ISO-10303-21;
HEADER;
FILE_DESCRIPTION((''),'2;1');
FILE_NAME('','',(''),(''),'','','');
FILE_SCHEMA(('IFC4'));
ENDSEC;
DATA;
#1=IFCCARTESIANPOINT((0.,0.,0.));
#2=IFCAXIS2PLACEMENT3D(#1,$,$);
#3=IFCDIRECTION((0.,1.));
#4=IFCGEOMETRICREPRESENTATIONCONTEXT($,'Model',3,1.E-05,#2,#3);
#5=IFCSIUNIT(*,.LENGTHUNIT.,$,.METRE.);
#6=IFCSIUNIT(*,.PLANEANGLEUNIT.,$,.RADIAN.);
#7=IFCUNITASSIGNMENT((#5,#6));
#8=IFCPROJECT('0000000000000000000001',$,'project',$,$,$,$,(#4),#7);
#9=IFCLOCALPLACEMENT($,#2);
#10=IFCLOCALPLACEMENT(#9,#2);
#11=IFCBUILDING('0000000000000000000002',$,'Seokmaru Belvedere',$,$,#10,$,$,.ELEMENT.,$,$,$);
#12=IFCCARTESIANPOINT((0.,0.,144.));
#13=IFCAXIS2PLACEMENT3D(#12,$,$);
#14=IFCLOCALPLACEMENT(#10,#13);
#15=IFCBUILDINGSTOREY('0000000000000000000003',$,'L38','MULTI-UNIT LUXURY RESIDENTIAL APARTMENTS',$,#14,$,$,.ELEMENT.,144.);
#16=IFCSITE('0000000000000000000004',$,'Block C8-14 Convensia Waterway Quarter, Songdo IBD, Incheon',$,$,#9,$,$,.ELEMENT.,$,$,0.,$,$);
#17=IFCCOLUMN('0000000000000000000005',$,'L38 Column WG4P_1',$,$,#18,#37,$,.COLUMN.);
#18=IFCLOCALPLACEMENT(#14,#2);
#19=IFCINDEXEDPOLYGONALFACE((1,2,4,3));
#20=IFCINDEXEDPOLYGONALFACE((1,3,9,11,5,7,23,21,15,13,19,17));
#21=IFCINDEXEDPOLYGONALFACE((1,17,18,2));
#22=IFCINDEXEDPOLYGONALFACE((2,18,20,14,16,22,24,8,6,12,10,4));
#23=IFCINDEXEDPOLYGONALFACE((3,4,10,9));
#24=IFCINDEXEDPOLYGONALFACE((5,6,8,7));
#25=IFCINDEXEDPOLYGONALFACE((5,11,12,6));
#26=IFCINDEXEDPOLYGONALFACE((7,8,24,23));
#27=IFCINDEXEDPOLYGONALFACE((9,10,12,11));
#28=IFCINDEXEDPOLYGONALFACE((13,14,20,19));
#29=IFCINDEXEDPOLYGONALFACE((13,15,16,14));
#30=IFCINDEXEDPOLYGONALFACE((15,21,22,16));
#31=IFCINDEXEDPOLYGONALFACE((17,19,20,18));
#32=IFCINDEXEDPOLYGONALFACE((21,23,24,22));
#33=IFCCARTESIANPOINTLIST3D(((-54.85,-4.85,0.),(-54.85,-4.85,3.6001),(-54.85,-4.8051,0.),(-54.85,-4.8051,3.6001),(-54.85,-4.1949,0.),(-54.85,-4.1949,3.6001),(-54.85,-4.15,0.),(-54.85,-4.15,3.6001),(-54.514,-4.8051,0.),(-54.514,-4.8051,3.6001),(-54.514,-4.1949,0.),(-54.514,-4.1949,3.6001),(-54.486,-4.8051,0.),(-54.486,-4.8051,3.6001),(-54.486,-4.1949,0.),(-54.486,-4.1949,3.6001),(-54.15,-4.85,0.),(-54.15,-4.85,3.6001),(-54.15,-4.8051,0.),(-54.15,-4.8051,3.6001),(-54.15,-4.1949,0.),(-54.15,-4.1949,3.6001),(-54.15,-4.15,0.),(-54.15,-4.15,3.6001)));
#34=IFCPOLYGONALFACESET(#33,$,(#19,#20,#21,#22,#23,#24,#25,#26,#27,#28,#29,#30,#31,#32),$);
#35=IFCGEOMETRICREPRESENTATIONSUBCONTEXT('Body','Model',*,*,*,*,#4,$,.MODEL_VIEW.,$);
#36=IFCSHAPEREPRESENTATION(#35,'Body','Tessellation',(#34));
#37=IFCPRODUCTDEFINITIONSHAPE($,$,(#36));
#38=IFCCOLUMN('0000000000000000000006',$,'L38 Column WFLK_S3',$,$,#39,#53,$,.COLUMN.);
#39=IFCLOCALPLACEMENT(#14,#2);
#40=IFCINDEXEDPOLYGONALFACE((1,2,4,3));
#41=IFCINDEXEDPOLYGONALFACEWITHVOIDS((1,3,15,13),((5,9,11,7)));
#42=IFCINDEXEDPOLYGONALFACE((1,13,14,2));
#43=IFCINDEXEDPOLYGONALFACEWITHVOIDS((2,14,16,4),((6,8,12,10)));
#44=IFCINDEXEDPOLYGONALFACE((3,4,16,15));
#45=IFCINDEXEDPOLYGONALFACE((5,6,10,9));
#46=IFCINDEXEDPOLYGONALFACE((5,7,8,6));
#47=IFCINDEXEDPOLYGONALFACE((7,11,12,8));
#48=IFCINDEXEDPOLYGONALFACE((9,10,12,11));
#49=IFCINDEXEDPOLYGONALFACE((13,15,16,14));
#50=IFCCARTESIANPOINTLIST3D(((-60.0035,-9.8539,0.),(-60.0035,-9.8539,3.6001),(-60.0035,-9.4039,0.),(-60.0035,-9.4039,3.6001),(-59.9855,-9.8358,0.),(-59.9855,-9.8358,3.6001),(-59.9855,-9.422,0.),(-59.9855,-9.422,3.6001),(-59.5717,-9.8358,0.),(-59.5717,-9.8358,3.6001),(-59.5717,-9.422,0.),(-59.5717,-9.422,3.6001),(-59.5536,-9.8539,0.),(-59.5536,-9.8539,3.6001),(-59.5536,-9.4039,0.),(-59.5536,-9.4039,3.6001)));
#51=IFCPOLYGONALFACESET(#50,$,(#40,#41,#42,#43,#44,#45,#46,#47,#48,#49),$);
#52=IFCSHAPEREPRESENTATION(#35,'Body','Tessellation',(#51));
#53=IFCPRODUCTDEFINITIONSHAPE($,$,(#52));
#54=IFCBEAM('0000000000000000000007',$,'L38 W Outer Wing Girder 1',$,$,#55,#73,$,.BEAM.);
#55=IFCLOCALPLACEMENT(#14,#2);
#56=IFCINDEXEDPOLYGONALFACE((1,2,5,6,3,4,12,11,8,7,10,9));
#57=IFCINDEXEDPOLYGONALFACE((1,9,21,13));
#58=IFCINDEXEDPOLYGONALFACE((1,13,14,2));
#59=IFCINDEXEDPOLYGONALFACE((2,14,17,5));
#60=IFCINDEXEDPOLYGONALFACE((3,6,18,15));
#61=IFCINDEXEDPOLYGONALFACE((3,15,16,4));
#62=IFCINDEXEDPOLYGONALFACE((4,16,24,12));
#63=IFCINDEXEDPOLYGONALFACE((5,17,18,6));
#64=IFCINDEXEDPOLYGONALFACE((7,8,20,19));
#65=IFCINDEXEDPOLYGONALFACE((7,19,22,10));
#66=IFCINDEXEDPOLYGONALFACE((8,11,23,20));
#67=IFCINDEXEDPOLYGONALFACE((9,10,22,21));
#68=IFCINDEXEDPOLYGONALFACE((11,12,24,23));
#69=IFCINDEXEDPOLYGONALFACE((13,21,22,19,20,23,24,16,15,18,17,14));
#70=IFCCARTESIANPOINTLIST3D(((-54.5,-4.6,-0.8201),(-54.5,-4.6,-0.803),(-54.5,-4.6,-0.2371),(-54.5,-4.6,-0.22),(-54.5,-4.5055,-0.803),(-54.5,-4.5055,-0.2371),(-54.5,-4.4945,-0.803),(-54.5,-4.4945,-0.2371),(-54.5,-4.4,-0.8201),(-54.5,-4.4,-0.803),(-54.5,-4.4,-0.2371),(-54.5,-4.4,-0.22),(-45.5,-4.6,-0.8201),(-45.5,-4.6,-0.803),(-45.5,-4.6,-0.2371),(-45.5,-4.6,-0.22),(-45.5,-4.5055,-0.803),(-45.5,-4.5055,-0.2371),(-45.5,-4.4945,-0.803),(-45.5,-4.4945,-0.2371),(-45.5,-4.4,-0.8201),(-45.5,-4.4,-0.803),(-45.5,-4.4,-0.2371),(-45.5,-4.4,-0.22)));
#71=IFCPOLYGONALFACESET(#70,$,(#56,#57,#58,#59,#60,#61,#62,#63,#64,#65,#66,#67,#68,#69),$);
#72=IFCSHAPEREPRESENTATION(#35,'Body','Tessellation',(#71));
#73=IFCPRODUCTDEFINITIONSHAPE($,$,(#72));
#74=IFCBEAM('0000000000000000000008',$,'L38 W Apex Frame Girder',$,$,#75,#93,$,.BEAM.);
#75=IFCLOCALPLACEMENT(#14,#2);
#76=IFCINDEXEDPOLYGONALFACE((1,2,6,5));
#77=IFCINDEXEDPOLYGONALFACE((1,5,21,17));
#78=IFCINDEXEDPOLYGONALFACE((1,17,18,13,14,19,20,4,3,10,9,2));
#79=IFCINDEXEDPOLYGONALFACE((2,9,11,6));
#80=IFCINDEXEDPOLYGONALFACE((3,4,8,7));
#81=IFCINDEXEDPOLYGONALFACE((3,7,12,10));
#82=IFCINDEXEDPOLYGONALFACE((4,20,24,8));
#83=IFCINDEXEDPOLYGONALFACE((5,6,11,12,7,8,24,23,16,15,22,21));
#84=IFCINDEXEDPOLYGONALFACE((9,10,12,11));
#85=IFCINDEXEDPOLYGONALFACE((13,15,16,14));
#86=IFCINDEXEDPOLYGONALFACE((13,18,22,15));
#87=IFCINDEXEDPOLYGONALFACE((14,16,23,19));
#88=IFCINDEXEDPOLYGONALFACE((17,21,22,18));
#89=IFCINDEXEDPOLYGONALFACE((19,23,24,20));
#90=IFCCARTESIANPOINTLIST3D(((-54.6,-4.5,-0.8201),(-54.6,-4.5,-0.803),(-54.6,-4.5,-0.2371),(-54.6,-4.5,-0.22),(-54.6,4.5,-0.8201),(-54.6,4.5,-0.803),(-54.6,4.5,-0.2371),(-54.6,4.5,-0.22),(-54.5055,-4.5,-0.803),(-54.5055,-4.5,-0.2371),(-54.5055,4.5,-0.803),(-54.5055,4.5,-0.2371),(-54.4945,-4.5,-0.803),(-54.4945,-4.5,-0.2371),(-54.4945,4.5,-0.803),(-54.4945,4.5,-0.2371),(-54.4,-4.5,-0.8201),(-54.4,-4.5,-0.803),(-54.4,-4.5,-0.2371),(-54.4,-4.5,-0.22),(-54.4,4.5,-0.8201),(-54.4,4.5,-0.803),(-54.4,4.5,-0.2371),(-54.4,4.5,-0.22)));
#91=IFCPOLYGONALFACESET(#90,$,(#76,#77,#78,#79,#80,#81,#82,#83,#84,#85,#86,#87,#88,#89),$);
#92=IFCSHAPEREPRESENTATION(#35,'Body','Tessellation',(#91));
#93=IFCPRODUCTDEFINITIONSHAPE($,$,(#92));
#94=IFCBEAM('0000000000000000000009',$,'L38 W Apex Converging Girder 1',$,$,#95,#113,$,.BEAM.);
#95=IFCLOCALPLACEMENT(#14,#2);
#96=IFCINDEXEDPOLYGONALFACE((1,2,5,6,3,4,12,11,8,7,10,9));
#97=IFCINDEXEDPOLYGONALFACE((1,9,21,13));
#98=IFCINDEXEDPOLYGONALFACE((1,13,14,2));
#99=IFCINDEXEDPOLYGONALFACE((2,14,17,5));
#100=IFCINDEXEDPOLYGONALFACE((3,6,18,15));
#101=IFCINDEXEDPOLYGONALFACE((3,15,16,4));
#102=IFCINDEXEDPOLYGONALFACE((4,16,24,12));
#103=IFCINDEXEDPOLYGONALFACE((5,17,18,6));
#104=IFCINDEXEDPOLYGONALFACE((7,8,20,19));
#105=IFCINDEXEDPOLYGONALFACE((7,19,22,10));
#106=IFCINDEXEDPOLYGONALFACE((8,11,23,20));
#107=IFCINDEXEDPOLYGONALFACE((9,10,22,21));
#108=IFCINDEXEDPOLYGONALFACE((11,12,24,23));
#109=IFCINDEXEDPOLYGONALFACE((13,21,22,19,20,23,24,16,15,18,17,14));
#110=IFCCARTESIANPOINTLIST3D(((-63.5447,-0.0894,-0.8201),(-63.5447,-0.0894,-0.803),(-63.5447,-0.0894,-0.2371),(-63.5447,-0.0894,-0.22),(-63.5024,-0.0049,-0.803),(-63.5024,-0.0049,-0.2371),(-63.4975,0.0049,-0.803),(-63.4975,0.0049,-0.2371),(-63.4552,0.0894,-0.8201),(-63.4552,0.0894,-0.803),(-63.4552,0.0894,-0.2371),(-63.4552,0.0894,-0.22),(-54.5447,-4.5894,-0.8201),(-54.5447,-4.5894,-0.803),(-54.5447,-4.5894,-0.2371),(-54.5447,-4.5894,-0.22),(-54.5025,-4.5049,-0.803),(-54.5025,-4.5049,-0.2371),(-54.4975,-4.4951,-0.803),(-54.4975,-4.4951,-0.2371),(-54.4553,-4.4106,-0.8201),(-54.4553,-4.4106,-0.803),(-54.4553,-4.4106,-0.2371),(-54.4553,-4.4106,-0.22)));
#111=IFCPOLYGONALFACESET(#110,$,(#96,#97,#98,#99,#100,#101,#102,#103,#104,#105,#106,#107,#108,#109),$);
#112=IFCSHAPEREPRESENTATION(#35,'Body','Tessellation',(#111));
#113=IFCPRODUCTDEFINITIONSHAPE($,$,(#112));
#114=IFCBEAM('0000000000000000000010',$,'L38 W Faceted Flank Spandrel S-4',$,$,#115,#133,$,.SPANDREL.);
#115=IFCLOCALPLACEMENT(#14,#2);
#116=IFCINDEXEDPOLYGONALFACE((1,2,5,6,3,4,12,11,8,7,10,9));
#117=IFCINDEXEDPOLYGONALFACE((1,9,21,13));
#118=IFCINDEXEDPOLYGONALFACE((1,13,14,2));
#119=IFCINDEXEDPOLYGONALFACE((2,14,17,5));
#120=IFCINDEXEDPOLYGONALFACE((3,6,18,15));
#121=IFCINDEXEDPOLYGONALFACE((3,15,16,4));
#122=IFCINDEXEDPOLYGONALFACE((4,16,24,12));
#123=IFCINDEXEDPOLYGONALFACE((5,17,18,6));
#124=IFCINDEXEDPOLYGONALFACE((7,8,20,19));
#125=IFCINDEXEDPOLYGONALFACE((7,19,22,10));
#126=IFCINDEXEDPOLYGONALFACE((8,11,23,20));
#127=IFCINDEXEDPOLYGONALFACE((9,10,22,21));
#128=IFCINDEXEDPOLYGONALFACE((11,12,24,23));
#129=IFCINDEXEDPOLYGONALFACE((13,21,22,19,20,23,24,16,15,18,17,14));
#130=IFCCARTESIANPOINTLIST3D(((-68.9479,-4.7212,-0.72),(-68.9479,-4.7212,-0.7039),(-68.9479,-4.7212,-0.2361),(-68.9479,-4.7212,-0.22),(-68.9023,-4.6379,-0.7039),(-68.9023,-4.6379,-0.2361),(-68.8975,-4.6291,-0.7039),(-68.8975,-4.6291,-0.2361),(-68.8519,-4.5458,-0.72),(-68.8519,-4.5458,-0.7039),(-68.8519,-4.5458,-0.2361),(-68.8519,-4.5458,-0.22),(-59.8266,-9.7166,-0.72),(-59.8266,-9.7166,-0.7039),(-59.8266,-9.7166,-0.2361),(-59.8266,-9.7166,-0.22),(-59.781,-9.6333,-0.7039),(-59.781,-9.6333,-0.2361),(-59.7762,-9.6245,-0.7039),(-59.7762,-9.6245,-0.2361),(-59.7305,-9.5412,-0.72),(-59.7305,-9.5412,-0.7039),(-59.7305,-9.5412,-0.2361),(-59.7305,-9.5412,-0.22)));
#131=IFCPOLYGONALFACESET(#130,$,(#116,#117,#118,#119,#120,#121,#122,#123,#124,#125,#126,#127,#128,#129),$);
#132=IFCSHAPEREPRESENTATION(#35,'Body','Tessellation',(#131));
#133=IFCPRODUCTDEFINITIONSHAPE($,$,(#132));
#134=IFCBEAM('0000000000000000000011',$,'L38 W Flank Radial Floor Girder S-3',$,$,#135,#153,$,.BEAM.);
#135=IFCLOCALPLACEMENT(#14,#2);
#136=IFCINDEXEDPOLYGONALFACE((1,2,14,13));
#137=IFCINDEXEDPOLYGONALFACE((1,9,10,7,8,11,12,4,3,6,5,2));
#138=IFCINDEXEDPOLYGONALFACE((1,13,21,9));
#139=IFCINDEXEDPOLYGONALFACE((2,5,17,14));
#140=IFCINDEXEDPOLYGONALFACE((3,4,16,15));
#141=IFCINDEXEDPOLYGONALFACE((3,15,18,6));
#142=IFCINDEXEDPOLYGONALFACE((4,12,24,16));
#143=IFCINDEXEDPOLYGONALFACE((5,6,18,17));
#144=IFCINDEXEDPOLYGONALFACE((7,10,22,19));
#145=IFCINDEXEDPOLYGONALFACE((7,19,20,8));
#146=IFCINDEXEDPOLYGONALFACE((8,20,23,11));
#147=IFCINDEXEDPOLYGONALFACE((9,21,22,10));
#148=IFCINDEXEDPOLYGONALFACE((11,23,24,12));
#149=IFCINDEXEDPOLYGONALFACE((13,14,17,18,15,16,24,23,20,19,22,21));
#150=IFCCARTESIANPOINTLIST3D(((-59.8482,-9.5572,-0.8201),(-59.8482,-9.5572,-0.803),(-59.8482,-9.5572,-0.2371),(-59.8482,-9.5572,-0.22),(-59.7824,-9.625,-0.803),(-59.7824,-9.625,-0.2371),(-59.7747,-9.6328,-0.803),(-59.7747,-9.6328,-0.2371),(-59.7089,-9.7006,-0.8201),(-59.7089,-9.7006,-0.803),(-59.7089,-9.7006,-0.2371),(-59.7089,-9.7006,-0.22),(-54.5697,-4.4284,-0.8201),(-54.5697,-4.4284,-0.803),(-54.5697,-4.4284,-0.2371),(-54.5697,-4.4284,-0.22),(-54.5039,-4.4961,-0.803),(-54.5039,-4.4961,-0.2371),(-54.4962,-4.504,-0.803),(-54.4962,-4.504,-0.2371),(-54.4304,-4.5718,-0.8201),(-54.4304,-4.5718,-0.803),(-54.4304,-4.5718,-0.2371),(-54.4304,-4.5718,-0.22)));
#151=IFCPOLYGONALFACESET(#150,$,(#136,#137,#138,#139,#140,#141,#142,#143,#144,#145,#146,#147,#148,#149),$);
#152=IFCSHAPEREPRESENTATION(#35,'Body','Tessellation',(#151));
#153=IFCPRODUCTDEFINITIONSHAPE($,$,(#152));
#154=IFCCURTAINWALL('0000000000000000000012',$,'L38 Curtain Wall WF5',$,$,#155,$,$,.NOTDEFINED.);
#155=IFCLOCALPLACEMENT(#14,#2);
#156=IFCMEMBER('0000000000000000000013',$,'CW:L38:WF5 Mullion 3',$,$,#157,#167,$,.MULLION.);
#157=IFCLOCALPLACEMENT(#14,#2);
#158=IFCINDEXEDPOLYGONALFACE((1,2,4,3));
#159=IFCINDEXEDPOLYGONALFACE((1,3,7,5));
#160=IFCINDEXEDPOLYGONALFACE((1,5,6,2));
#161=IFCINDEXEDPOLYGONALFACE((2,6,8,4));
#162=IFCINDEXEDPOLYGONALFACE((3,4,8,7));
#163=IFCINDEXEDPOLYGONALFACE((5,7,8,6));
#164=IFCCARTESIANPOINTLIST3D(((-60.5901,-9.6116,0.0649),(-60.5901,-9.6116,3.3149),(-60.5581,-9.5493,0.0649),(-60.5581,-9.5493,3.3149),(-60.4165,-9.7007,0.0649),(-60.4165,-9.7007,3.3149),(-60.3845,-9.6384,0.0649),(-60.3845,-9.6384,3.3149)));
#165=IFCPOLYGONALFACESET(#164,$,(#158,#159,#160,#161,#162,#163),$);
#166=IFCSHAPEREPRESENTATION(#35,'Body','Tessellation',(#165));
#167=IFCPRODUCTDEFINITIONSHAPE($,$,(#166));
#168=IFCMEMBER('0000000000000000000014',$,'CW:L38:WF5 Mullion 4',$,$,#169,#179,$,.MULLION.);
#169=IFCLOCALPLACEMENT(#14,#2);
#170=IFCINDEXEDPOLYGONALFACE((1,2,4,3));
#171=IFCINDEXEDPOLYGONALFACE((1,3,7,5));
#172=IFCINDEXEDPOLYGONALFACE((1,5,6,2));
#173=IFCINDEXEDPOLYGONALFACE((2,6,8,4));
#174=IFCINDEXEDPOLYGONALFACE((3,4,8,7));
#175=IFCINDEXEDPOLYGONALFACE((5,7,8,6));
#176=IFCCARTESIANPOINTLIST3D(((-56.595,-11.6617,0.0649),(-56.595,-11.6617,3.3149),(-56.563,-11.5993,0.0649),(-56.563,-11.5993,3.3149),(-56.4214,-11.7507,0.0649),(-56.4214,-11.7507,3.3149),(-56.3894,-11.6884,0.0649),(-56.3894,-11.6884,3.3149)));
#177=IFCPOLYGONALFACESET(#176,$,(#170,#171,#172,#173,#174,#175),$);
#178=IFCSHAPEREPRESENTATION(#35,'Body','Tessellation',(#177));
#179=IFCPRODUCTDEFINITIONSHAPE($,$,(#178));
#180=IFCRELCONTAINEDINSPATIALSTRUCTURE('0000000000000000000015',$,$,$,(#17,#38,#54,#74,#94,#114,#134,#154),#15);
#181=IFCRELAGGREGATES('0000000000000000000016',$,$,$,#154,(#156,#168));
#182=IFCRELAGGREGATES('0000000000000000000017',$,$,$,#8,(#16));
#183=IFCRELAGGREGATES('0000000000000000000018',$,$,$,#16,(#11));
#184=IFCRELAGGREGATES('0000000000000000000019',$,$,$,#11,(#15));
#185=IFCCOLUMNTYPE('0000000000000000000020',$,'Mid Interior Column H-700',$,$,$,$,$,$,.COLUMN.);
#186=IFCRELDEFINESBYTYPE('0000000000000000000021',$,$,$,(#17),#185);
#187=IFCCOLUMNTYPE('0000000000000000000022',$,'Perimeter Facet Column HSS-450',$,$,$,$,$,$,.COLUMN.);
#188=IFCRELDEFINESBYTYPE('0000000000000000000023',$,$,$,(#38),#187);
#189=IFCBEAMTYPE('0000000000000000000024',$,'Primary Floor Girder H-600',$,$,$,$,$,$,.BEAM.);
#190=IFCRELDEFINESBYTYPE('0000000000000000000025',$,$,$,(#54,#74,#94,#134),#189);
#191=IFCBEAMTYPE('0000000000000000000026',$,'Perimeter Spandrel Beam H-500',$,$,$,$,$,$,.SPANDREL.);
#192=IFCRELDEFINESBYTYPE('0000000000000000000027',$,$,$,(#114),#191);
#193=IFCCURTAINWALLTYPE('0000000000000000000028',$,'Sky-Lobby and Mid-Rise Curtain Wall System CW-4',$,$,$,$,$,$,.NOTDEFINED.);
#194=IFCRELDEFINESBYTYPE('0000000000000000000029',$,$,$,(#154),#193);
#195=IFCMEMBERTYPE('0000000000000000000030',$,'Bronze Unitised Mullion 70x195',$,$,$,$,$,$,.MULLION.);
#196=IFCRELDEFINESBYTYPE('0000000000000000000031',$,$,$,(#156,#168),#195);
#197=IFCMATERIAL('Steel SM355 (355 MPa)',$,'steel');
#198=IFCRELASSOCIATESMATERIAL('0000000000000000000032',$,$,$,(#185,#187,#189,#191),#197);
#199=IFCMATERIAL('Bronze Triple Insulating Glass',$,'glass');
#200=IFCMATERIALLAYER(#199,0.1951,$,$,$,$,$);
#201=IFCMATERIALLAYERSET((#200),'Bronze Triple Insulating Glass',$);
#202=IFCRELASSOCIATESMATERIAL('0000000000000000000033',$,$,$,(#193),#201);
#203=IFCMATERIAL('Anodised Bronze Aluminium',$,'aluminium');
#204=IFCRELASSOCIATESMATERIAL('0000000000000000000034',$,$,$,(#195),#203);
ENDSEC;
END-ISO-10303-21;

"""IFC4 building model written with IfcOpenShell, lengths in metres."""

from ifc_helpers import new_model, si_unit, direction, frame, origin, origin_2d, place, context, subcontext, project, spatial, rectangle, hollow_rectangle, i_section, extrude, source, transform, mapped, material, layer, layer_set, material_profile, profile_set, type_object, type_shapes, element, aggregate, save


model = new_model("IFC4")

# Units and contexts
model_context = context("Model", 3, precision=1e-05, world=origin(), true_north=direction((0.0, 1.0)))
body_context = subcontext(model_context, "Body", "Model", "MODEL_VIEW")
ifc_project = project(units=[si_unit("LENGTHUNIT", "METRE"), si_unit("PLANEANGLEUNIT", "RADIAN")], contexts=[model_context])

# Site, building, storey
site_placement = place(None, origin())
site = spatial("IfcSite", under=ifc_project, at=site_placement, Name="Block C8-14 Convensia Waterway Quarter, Songdo IBD, Incheon", CompositionType="ELEMENT", RefElevation=0.0)
building_placement = place(site_placement, origin())
building = spatial("IfcBuilding", under=site, at=building_placement, Name="Seokmaru Belvedere", CompositionType="ELEMENT")
storey_placement = place(building_placement, frame((0.0, 0.0, 144.0)))
storey = spatial("IfcBuildingStorey", under=building, at=storey_placement, Name="L38", Description="MULTI-UNIT LUXURY RESIDENTIAL APARTMENTS", CompositionType="ELEMENT", Elevation=144.0)

# Columns
ifc_material_1 = material(Name="Steel SM355 (355 MPa)", Category="steel")
ifc_material_profile_1 = material_profile(ifc_material_1, i_section(OverallWidth=0.7, OverallDepth=0.7, WebThickness=0.0281, FlangeThickness=0.0449, at=origin_2d()), Name="H-700x700x28x45")
ifc_profile_set_1 = profile_set([ifc_material_profile_1], Name="Steel SM355 (355 MPa)")
column_type_1 = type_object("IfcColumnType", Name="Mid Interior Column H-700", PredefinedType="COLUMN", material=ifc_profile_set_1)
shared_shape_1 = source(origin(), body_context, "Body", "SweptSolid", [
    extrude(i_section(OverallWidth=0.7, OverallDepth=0.7, WebThickness=0.0281, FlangeThickness=0.0449, at=origin_2d()), origin(), (0.0, 0.0, 1.0), 3.6001),
])
type_shapes(column_type_1, [shared_shape_1])
column_1_placement = place(storey_placement, frame((-54.5, -4.5, 0.0), z_axis=(0.0, 0.0, 1.0), x_axis=(1.0, 0.0, 0.0)))
element("IfcColumn", 1, at=column_1_placement, inside=storey, type_object=column_type_1, Name="L38 Column WG4P_1", PredefinedType="COLUMN", context=body_context, shape_type="MappedRepresentation", body=[
    mapped(shared_shape_1, transform((0.0, 0.0, 0.0), scale=1.0)),
])
ifc_material_profile_2 = material_profile(ifc_material_1, hollow_rectangle(XDim=0.45, YDim=0.45, WallThickness=0.0181, at=origin_2d()), Name="HSS-450x450x18")
ifc_profile_set_2 = profile_set([ifc_material_profile_2], Name="Steel SM355 (355 MPa)")
column_type_2 = type_object("IfcColumnType", Name="Perimeter Facet Column HSS-450", PredefinedType="COLUMN", material=ifc_profile_set_2)
shared_shape_2 = source(origin(), body_context, "Body", "SweptSolid", [
    extrude(hollow_rectangle(XDim=0.45, YDim=0.45, WallThickness=0.0181, at=origin_2d()), origin(), (0.0, 0.0, 1.0), 3.6001),
])
type_shapes(column_type_2, [shared_shape_2])
column_2_placement = place(storey_placement, frame((-59.7786, -9.6289, 0.0), z_axis=(0.0, 0.0, 1.0), x_axis=(1.0, 0.0, 0.0)))
element("IfcColumn", 2, at=column_2_placement, inside=storey, type_object=column_type_2, Name="L38 Column WFLK_S3", PredefinedType="COLUMN", context=body_context, shape_type="MappedRepresentation", body=[
    mapped(shared_shape_2, transform((0.0, 0.0, 0.0), scale=1.0)),
])

# Beams
ifc_material_profile_3 = material_profile(ifc_material_1, i_section(OverallWidth=0.2, OverallDepth=0.6001, WebThickness=0.011, FlangeThickness=0.0171, at=origin_2d()), Name="H-600x200x11x17")
ifc_profile_set_3 = profile_set([ifc_material_profile_3], Name="Steel SM355 (355 MPa)")
beam_type_1 = type_object("IfcBeamType", Name="Primary Floor Girder H-600", PredefinedType="BEAM", material=ifc_profile_set_3)
shared_shape_3 = source(origin(), body_context, "Body", "SweptSolid", [
    extrude(i_section(OverallWidth=0.2, OverallDepth=0.6001, WebThickness=0.011, FlangeThickness=0.0171, at=origin_2d()), origin(), (0.0, 0.0, 1.0), 9.0),
])
for number, where, z_axis, x_axis, name in (
    (3, (-54.5, -4.5, -0.52), (1.0, 0.0, 0.0), (0.0, 1.0, 0.0), "L38 W Outer Wing Girder 1"),
    (4, (-54.5, -4.5, -0.52), (0.0, 1.0, 0.0), (-1.0, 0.0, 0.0), "L38 W Apex Frame Girder"),
):
    element("IfcBeam", number, at=place(storey_placement, frame(where, z_axis=z_axis, x_axis=x_axis)), inside=storey, type_object=beam_type_1, Name=name, PredefinedType="BEAM", context=body_context, shape_type="MappedRepresentation", body=[
        mapped(shared_shape_3, transform((0.0, 0.0, 0.0), scale=1.0)),
    ])
shared_shape_4 = source(origin(), body_context, "Body", "SweptSolid", [
    extrude(i_section(OverallWidth=0.2, OverallDepth=0.6001, WebThickness=0.011, FlangeThickness=0.0171, at=origin_2d()), origin(), (0.0, 0.0, 1.0), 10.0623),
])
beam_1_placement = place(storey_placement, frame((-54.5, -4.5, -0.52), z_axis=(-0.894427, 0.447214, 0.0), x_axis=(-0.447214, -0.894427, 0.0)))
element("IfcBeam", 5, at=beam_1_placement, inside=storey, type_object=beam_type_1, Name="L38 W Apex Converging Girder 1", PredefinedType="BEAM", context=body_context, shape_type="MappedRepresentation", body=[
    mapped(shared_shape_4, transform((0.0, 0.0, 0.0), scale=1.0)),
])
ifc_material_profile_4 = material_profile(ifc_material_1, i_section(OverallWidth=0.2, OverallDepth=0.5, WebThickness=0.01, FlangeThickness=0.0161, at=origin_2d()), Name="H-500x200x10x16")
ifc_profile_set_4 = profile_set([ifc_material_profile_4], Name="Steel SM355 (355 MPa)")
beam_type_2 = type_object("IfcBeamType", Name="Perimeter Spandrel Beam H-500", PredefinedType="SPANDREL", material=ifc_profile_set_4)
shared_shape_5 = source(origin(), body_context, "Body", "SweptSolid", [
    extrude(i_section(OverallWidth=0.2, OverallDepth=0.5, WebThickness=0.01, FlangeThickness=0.0161, at=origin_2d()), origin(), (0.0, 0.0, 1.0), 10.3997),
])
type_shapes(beam_type_2, [shared_shape_5])
beam_2_placement = place(storey_placement, frame((-59.7786, -9.6289, -0.47), z_axis=(-0.877082, 0.48034, 0.0), x_axis=(-0.48034, -0.877082, 0.0)))
element("IfcBeam", 6, at=beam_2_placement, inside=storey, type_object=beam_type_2, Name="L38 W Faceted Flank Spandrel S-4", PredefinedType="SPANDREL", context=body_context, shape_type="MappedRepresentation", body=[
    mapped(shared_shape_5, transform((0.0, 0.0, 0.0), scale=1.0)),
])
shared_shape_6 = source(origin(), body_context, "Body", "SweptSolid", [
    extrude(i_section(OverallWidth=0.2, OverallDepth=0.6001, WebThickness=0.011, FlangeThickness=0.0171, at=origin_2d()), origin(), (0.0, 0.0, 1.0), 7.3599),
])
type_shapes(beam_type_1, [shared_shape_3, shared_shape_4, shared_shape_6])
beam_3_placement = place(storey_placement, frame((-59.7786, -9.6289, -0.52), z_axis=(0.717201, 0.696867, 0.0), x_axis=(-0.696867, 0.717201, 0.0)))
element("IfcBeam", 7, at=beam_3_placement, inside=storey, type_object=beam_type_1, Name="L38 W Flank Radial Floor Girder S-3", PredefinedType="BEAM", context=body_context, shape_type="MappedRepresentation", body=[
    mapped(shared_shape_6, transform((0.0, 0.0, 0.0), scale=1.0)),
])

# Curtain wall, members
ifc_material_2 = material(Name="Bronze Triple Insulating Glass", Category="glass")
ifc_layer_1 = layer(ifc_material_2, 0.1951)
ifc_layer_set_1 = layer_set([ifc_layer_1], Name="Bronze Triple Insulating Glass")
curtain_wall_type = type_object("IfcCurtainWallType", Name="Sky-Lobby and Mid-Rise Curtain Wall System CW-4", PredefinedType="NOTDEFINED", material=ifc_layer_set_1)
curtain_wall_placement = place(storey_placement, origin())
curtain_wall = element("IfcCurtainWall", 8, at=curtain_wall_placement, inside=storey, type_object=curtain_wall_type, Name="L38 Curtain Wall WF5", PredefinedType="NOTDEFINED")
ifc_material_3 = material(Name="Anodised Bronze Aluminium", Category="aluminium")
ifc_material_profile_5 = material_profile(ifc_material_3, rectangle(XDim=0.0701, YDim=0.1951, at=origin_2d()), Name="CW-M-70x195")
ifc_profile_set_5 = profile_set([ifc_material_profile_5], Name="Anodised Bronze Aluminium")
member_type = type_object("IfcMemberType", Name="Bronze Unitised Mullion 70x195", PredefinedType="MULLION", material=ifc_profile_set_5)
shared_shape_7 = source(origin(), body_context, "Body", "SweptSolid", [
    extrude(rectangle(XDim=0.0701, YDim=0.1951, at=origin_2d()), origin(), (0.0, 0.0, 1.0), 3.25),
])
type_shapes(member_type, [shared_shape_7])
member_1_placement = place(storey_placement, frame((-60.4873, -9.625, 0.0649), z_axis=(0.0, 0.0, 1.0), x_axis=(0.456555, 0.889695, 0.0)))
member_1 = element("IfcMember", 9, at=member_1_placement, type_object=member_type, Name="CW:L38:WF5 Mullion 3", PredefinedType="MULLION", context=body_context, shape_type="MappedRepresentation", body=[
    mapped(shared_shape_7, transform((0.0, 0.0, 0.0), scale=1.0)),
])
member_2_placement = place(storey_placement, frame((-56.4922, -11.675, 0.0649), z_axis=(0.0, 0.0, 1.0), x_axis=(0.456555, 0.889695, 0.0)))
member_2 = element("IfcMember", 10, at=member_2_placement, type_object=member_type, Name="CW:L38:WF5 Mullion 4", PredefinedType="MULLION", context=body_context, shape_type="MappedRepresentation", body=[
    mapped(shared_shape_7, transform((0.0, 0.0, 0.0), scale=1.0)),
])
aggregate(curtain_wall, [member_1, member_2])

save(model, "model.ifc")
